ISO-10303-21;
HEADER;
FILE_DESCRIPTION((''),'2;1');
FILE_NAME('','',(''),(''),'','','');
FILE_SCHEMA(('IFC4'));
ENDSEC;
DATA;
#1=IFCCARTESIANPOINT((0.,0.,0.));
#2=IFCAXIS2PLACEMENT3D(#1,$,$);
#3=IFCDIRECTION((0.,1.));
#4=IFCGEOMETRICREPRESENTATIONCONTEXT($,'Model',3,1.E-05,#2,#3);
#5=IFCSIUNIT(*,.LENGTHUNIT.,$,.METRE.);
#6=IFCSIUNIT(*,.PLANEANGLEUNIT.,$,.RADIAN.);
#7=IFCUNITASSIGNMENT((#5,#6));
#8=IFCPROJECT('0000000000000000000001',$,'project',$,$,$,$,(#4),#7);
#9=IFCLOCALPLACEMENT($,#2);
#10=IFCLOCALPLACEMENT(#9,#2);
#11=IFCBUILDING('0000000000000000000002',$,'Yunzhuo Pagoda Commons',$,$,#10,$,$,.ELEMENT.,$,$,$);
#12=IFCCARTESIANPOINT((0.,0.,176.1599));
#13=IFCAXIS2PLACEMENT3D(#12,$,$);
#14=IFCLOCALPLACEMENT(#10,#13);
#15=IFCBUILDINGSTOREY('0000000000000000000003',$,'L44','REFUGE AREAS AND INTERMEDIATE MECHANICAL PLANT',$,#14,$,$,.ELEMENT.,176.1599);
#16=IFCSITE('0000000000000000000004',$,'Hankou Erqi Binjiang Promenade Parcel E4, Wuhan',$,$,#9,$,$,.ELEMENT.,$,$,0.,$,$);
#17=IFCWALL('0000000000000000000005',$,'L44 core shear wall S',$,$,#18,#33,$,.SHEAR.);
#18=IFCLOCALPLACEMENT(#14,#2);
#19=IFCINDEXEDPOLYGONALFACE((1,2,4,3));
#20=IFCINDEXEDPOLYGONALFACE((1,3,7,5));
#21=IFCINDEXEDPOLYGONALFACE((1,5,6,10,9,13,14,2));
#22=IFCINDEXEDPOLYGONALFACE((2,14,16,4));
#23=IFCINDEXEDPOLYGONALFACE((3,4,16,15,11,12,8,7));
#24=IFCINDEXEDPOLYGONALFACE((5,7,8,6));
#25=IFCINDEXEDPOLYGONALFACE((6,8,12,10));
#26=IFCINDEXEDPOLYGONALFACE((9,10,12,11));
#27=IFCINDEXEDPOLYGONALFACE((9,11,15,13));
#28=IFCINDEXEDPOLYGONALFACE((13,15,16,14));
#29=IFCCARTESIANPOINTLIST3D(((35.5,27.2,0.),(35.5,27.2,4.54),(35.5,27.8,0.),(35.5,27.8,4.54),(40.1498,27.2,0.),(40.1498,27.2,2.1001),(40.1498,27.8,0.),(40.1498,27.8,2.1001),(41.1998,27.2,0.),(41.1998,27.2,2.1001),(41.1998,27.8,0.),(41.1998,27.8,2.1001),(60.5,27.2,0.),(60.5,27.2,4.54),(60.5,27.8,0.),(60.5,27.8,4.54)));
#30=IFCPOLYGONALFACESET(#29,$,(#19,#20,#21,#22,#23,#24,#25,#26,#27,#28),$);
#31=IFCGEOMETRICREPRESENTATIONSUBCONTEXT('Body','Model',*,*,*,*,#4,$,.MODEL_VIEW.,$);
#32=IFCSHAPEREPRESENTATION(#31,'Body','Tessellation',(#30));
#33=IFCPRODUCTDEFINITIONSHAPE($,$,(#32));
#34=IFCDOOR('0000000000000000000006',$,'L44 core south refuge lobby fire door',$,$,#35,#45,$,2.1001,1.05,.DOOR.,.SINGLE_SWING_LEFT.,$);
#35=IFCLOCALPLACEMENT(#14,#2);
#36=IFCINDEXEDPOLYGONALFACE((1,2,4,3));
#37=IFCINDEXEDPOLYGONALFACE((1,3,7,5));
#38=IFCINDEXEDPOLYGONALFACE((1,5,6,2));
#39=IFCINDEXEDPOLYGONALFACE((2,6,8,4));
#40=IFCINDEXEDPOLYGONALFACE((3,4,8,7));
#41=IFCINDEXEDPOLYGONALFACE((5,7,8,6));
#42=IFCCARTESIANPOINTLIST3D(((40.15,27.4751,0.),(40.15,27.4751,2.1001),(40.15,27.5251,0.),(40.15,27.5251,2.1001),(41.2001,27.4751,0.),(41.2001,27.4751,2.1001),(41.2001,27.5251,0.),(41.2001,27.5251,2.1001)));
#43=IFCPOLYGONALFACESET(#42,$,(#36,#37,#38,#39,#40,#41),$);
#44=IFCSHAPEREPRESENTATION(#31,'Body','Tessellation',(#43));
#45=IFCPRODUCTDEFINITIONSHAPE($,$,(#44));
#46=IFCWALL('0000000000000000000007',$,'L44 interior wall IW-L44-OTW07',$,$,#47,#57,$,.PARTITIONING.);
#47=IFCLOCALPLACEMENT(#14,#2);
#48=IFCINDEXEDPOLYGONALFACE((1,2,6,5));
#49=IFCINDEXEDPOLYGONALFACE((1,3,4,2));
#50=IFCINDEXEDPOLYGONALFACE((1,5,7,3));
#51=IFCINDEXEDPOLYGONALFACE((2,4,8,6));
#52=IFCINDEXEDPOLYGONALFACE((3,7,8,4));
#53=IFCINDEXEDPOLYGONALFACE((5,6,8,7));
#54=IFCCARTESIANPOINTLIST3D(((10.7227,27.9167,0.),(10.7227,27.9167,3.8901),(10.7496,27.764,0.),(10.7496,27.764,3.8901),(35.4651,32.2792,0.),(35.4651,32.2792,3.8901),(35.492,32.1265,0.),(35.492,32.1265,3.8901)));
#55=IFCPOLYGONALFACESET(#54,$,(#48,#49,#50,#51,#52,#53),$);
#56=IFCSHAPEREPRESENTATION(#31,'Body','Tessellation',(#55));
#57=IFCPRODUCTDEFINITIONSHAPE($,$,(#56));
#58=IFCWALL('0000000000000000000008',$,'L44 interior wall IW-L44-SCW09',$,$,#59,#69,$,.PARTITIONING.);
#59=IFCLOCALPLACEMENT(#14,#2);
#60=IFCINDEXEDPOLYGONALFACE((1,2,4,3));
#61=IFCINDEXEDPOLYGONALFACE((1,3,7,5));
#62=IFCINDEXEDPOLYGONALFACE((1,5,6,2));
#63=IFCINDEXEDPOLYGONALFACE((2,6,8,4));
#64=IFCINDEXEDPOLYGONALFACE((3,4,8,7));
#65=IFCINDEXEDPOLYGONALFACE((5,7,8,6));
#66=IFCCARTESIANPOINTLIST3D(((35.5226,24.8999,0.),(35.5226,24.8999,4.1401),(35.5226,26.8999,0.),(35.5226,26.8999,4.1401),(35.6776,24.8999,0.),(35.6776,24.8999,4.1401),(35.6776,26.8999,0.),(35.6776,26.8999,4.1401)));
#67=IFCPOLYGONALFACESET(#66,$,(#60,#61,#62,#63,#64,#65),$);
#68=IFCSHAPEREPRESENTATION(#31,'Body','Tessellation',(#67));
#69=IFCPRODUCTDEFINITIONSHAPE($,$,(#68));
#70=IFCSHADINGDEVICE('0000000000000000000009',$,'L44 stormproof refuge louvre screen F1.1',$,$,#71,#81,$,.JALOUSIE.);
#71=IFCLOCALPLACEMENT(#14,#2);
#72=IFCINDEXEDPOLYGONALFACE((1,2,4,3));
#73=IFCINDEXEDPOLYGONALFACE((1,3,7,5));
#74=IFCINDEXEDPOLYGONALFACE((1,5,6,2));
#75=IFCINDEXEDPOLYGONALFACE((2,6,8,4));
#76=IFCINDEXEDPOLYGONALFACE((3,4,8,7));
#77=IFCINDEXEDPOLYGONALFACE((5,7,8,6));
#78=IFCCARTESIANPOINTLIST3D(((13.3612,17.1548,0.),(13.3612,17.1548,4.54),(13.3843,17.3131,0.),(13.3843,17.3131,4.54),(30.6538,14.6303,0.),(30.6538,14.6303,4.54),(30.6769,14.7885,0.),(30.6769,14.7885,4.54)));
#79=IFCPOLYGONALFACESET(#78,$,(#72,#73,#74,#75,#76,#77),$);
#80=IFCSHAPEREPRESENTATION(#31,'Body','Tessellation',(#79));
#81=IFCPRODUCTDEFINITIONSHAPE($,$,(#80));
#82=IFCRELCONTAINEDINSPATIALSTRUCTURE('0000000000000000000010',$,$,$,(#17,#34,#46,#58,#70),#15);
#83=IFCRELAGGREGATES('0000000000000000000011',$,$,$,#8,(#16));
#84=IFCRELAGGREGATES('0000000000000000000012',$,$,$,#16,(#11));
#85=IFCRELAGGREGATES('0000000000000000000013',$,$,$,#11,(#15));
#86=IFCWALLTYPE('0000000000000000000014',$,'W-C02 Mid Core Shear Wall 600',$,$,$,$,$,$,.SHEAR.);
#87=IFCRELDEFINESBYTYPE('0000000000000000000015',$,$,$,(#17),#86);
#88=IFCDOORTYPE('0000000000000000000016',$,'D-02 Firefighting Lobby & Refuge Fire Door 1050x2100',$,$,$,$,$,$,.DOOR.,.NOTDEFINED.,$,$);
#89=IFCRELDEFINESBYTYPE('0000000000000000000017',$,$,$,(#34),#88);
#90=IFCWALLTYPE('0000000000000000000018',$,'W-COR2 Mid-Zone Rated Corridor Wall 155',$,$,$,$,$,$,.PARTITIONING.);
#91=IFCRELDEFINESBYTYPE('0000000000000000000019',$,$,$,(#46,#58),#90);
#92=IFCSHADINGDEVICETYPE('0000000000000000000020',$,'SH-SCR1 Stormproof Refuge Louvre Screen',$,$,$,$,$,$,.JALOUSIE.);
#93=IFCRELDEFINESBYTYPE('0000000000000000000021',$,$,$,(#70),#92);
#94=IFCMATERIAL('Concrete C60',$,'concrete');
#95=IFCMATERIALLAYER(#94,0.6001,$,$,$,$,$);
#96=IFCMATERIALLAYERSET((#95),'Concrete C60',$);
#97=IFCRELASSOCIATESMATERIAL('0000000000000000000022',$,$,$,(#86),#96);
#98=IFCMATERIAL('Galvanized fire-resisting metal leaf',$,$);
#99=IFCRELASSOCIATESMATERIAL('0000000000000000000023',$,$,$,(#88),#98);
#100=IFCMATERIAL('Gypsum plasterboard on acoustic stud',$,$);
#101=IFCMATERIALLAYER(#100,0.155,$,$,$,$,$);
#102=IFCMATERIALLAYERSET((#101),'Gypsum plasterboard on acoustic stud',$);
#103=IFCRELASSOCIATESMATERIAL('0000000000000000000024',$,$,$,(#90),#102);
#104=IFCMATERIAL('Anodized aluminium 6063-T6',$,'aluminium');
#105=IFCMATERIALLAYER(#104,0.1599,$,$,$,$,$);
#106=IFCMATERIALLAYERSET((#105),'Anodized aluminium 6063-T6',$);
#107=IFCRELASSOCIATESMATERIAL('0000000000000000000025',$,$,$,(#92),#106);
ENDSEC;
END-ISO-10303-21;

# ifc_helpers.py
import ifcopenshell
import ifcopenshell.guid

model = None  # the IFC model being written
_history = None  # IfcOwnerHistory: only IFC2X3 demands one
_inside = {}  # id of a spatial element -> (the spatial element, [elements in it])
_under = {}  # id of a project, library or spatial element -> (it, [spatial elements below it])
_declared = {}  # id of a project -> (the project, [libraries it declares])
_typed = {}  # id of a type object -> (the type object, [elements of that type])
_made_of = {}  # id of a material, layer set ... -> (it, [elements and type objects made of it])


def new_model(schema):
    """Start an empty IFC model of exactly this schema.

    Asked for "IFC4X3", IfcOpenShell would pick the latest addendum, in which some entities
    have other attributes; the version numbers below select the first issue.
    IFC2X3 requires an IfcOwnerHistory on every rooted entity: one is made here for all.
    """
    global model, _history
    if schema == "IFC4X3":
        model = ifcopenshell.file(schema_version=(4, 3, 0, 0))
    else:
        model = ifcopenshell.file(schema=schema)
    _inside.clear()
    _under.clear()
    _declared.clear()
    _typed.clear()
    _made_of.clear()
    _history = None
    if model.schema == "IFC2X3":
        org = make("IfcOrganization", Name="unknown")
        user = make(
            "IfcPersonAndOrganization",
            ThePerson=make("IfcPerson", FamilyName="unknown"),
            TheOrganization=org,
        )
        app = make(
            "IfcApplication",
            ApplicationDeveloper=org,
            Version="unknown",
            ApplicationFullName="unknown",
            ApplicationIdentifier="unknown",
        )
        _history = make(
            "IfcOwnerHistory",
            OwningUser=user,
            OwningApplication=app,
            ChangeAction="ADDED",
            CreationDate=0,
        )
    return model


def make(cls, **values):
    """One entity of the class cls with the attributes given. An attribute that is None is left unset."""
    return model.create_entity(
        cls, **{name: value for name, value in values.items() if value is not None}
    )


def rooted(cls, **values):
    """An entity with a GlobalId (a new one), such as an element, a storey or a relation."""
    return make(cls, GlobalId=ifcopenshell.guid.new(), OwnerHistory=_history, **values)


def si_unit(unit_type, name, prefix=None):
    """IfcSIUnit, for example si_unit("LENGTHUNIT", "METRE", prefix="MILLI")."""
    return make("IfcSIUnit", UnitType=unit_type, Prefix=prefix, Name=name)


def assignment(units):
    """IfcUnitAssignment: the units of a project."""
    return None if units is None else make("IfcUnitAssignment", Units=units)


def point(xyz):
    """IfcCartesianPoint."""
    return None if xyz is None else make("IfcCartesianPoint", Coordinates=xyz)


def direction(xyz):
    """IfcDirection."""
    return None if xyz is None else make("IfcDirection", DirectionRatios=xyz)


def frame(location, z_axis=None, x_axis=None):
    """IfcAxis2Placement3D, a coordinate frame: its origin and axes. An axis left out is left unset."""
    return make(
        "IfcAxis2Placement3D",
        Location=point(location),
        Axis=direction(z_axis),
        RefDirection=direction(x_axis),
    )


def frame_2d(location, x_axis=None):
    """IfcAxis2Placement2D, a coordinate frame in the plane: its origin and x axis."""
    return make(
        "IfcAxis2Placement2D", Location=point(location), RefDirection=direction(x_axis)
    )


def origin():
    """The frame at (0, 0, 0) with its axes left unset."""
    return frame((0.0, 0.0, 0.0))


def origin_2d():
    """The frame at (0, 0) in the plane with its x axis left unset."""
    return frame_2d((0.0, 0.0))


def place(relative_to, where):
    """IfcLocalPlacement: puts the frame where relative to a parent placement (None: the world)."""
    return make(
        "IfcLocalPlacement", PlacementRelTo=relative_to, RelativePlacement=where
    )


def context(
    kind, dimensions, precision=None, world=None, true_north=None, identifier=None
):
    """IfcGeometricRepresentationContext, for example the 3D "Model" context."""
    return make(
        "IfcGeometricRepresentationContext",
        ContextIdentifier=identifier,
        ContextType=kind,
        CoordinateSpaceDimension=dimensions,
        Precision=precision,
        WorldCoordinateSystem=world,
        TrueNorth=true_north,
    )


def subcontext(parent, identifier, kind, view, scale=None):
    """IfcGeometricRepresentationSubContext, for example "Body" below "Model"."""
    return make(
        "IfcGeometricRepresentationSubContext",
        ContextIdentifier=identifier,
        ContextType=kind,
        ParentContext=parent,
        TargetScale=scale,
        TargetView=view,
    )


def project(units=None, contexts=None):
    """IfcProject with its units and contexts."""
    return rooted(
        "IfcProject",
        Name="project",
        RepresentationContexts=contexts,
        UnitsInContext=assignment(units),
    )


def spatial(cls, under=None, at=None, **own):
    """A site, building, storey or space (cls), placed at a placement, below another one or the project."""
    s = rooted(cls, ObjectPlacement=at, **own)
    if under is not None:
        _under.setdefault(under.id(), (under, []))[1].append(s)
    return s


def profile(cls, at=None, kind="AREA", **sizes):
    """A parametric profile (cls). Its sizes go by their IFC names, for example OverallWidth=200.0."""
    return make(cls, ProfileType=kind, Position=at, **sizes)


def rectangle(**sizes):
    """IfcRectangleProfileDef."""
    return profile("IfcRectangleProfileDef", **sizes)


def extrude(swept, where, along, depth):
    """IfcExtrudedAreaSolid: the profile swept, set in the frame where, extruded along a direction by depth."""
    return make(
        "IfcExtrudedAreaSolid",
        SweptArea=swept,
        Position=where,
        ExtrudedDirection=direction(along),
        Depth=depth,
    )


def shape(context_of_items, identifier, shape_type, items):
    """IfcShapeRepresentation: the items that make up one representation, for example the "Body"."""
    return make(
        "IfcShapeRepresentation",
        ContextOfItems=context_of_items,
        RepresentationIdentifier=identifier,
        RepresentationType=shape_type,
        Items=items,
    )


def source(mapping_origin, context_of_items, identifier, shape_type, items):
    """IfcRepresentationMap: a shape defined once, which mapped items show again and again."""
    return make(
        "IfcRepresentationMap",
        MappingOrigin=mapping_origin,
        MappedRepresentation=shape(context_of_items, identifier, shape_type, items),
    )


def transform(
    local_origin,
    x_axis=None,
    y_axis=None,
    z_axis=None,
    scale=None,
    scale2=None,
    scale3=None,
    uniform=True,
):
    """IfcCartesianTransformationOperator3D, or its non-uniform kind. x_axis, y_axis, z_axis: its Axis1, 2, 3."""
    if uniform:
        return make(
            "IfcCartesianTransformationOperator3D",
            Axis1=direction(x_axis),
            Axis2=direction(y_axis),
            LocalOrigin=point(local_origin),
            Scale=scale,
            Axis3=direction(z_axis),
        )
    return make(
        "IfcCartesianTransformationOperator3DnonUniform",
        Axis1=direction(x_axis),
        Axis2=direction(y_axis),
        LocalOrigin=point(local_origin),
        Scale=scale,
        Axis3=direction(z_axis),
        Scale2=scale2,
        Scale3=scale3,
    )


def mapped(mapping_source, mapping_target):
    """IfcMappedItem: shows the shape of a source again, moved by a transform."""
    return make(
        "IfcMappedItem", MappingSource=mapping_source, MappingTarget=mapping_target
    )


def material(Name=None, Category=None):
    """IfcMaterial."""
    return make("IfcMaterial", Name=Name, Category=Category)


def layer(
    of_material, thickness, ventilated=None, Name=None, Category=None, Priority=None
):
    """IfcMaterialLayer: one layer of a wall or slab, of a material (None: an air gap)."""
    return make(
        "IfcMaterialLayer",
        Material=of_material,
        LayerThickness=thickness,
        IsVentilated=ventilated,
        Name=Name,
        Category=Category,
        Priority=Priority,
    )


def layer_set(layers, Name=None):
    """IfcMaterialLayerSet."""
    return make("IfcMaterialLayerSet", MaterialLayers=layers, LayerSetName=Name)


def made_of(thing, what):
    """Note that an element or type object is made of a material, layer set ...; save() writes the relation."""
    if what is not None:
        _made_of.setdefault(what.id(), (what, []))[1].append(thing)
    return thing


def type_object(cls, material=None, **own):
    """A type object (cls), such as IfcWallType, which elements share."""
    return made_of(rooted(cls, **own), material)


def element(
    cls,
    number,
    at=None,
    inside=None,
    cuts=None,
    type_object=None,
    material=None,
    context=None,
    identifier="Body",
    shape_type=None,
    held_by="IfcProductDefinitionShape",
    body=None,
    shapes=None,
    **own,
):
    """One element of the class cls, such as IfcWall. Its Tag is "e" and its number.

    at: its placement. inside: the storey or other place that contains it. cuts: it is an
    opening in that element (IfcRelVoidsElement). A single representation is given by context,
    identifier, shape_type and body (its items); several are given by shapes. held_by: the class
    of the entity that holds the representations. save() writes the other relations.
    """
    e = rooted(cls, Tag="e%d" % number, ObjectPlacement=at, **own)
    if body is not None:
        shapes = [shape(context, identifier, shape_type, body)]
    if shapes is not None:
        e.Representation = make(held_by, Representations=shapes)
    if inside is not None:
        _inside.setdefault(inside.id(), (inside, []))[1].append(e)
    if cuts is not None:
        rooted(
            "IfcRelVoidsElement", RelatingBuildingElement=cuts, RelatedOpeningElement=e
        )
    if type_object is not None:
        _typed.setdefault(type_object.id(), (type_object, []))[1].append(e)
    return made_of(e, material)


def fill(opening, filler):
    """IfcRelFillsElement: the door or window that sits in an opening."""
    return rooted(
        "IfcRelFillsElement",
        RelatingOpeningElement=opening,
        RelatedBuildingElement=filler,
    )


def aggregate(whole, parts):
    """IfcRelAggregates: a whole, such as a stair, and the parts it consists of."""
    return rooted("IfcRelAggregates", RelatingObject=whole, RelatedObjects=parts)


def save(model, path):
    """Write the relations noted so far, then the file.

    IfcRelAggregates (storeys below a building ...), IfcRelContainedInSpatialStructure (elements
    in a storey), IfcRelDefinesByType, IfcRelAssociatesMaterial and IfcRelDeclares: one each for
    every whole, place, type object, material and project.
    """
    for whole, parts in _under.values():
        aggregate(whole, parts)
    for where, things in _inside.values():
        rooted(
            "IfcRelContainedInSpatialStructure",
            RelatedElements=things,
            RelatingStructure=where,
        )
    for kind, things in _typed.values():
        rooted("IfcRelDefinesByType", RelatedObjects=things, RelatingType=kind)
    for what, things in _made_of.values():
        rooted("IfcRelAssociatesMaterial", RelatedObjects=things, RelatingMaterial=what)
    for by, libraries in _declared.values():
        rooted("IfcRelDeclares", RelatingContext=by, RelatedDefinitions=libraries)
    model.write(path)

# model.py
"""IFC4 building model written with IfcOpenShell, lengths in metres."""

from ifc_helpers import new_model, si_unit, direction, frame, frame_2d, origin, origin_2d, place, context, subcontext, project, spatial, rectangle, extrude, source, transform, mapped, material, layer, layer_set, type_object, element, fill, save


model = new_model("IFC4")

# Units and contexts
model_context = context("Model", 3, precision=1e-05, world=origin(), true_north=direction((0.0, 1.0)))
body_context = subcontext(model_context, "Body", "Model", "MODEL_VIEW")
ifc_project = project(units=[si_unit("LENGTHUNIT", "METRE"), si_unit("PLANEANGLEUNIT", "RADIAN")], contexts=[model_context])

# Site, building, storey
site_placement = place(None, origin())
site = spatial("IfcSite", under=ifc_project, at=site_placement, Name="Hankou Erqi Binjiang Promenade Parcel E4, Wuhan", CompositionType="ELEMENT", RefElevation=0.0)
building_placement = place(site_placement, origin())
building = spatial("IfcBuilding", under=site, at=building_placement, Name="Yunzhuo Pagoda Commons", CompositionType="ELEMENT")
storey_placement = place(building_placement, frame((0.0, 0.0, 176.1599)))
storey = spatial("IfcBuildingStorey", under=building, at=storey_placement, Name="L44", Description="REFUGE AREAS AND INTERMEDIATE MECHANICAL PLANT", CompositionType="ELEMENT", Elevation=176.1599)

# Wall, opening, door
ifc_material_1 = material(Name="Concrete C60", Category="concrete")
ifc_layer_1 = layer(ifc_material_1, 0.6001)
ifc_layer_set_1 = layer_set([ifc_layer_1], Name="Concrete C60")
wall_type_1 = type_object("IfcWallType", Name="W-C02 Mid Core Shear Wall 600", PredefinedType="SHEAR", material=ifc_layer_set_1)
wall_1_placement = place(storey_placement, frame((35.5, 27.5, 0.0), z_axis=(0.0, 0.0, 1.0), x_axis=(1.0, 0.0, 0.0)))
wall_1 = element("IfcWall", 1, at=wall_1_placement, inside=storey, type_object=wall_type_1, Name="L44 core shear wall S", PredefinedType="SHEAR", context=body_context, shape_type="SweptSolid", body=[
    extrude(rectangle(XDim=25.0, YDim=0.6001, at=frame_2d((12.5, 0.0))), origin(), (0.0, 0.0, 1.0), 4.54),
])
opening_placement = place(wall_1_placement, frame((4.6499, 0.0, 0.0)))
opening = element("IfcOpeningElement", 2, at=opening_placement, cuts=wall_1, PredefinedType="OPENING", context=body_context, shape_type="SweptSolid", body=[
    extrude(rectangle(XDim=1.05, YDim=2.1001, at=frame_2d((0.5249, 1.05))), frame((0.0, 0.3101, 0.0), z_axis=(0.0, -1.0, 0.0), x_axis=(1.0, 0.0, 0.0)), (0.0, 0.0, 1.0), 0.6201),
])
ifc_material_2 = material(Name="Galvanized fire-resisting metal leaf")
door_type = type_object("IfcDoorType", Name="D-02 Firefighting Lobby & Refuge Fire Door 1050x2100", OperationType="NOTDEFINED", PredefinedType="DOOR", material=ifc_material_2)
shared_shape_1 = source(origin(), body_context, "Body", "SweptSolid", [
    extrude(rectangle(XDim=1.05, YDim=2.1001, at=frame_2d((0.5249, 1.05))), frame((0.0, 0.0249, 0.0), z_axis=(0.0, -1.0, 0.0), x_axis=(1.0, 0.0, 0.0)), (0.0, 0.0, 1.0), 0.05),
])
door_placement = place(opening_placement, frame((1.05, 0.0, 0.0), z_axis=(0.0, 0.0, 1.0), x_axis=(-1.0, 0.0, 0.0)))
door = element("IfcDoor", 3, at=door_placement, inside=storey, type_object=door_type, Name="L44 core south refuge lobby fire door", OperationType="SINGLE_SWING_LEFT", OverallHeight=2.1001, OverallWidth=1.05, PredefinedType="DOOR", context=body_context, shape_type="MappedRepresentation", body=[
    mapped(shared_shape_1, transform((0.0, 0.0, 0.0), scale=1.0)),
])
fill(opening, door)

# Walls
ifc_material_3 = material(Name="Gypsum plasterboard on acoustic stud")
ifc_layer_2 = layer(ifc_material_3, 0.155)
ifc_layer_set_2 = layer_set([ifc_layer_2], Name="Gypsum plasterboard on acoustic stud")
wall_type_2 = type_object("IfcWallType", Name="W-COR2 Mid-Zone Rated Corridor Wall 155", PredefinedType="PARTITIONING", material=ifc_layer_set_2)
wall_2_placement = place(storey_placement, frame((35.4785, 32.2029, 0.0), z_axis=(0.0, 0.0, 1.0), x_axis=(-0.984809, -0.17364, 0.0)))
element("IfcWall", 4, at=wall_2_placement, inside=storey, type_object=wall_type_2, Name="L44 interior wall IW-L44-OTW07", PredefinedType="PARTITIONING", context=body_context, shape_type="SweptSolid", body=[
    extrude(rectangle(XDim=25.124, YDim=0.155, at=frame_2d((12.562, 0.0))), origin(), (0.0, 0.0, 1.0), 3.8901),
])
wall_3_placement = place(storey_placement, frame((35.6001, 24.8999, 0.0), z_axis=(0.0, 0.0, 1.0), x_axis=(0.0, 1.0, 0.0)))
element("IfcWall", 5, at=wall_3_placement, inside=storey, type_object=wall_type_2, Name="L44 interior wall IW-L44-SCW09", PredefinedType="PARTITIONING", context=body_context, shape_type="SweptSolid", body=[
    extrude(rectangle(XDim=2.0, YDim=0.155, at=frame_2d((1.0, 0.0))), origin(), (0.0, 0.0, 1.0), 4.1401),
])

# Shading device
ifc_material_4 = material(Name="Anodized aluminium 6063-T6", Category="aluminium")
ifc_layer_3 = layer(ifc_material_4, 0.1599)
ifc_layer_set_3 = layer_set([ifc_layer_3], Name="Anodized aluminium 6063-T6")
shading_device_type = type_object("IfcShadingDeviceType", Name="SH-SCR1 Stormproof Refuge Louvre Screen", PredefinedType="JALOUSIE", material=ifc_layer_set_3)
shared_shape_2 = source(origin(), body_context, "Body", "SweptSolid", [
    extrude(rectangle(XDim=17.4758, YDim=0.1599, at=origin_2d()), origin(), (0.0, 0.0, 1.0), 4.54),
])
shading_device_placement = place(storey_placement, frame((22.019, 15.9717, 0.0), z_axis=(0.0, 0.0, 1.0), x_axis=(0.989511, -0.14446, 0.0)))
element("IfcShadingDevice", 6, at=shading_device_placement, inside=storey, type_object=shading_device_type, Name="L44 stormproof refuge louvre screen F1.1", PredefinedType="JALOUSIE", context=body_context, shape_type="MappedRepresentation", body=[
    mapped(shared_shape_2, transform((0.0, 0.0, 0.0), scale=1.0)),
])

save(model, "model.ifc")
